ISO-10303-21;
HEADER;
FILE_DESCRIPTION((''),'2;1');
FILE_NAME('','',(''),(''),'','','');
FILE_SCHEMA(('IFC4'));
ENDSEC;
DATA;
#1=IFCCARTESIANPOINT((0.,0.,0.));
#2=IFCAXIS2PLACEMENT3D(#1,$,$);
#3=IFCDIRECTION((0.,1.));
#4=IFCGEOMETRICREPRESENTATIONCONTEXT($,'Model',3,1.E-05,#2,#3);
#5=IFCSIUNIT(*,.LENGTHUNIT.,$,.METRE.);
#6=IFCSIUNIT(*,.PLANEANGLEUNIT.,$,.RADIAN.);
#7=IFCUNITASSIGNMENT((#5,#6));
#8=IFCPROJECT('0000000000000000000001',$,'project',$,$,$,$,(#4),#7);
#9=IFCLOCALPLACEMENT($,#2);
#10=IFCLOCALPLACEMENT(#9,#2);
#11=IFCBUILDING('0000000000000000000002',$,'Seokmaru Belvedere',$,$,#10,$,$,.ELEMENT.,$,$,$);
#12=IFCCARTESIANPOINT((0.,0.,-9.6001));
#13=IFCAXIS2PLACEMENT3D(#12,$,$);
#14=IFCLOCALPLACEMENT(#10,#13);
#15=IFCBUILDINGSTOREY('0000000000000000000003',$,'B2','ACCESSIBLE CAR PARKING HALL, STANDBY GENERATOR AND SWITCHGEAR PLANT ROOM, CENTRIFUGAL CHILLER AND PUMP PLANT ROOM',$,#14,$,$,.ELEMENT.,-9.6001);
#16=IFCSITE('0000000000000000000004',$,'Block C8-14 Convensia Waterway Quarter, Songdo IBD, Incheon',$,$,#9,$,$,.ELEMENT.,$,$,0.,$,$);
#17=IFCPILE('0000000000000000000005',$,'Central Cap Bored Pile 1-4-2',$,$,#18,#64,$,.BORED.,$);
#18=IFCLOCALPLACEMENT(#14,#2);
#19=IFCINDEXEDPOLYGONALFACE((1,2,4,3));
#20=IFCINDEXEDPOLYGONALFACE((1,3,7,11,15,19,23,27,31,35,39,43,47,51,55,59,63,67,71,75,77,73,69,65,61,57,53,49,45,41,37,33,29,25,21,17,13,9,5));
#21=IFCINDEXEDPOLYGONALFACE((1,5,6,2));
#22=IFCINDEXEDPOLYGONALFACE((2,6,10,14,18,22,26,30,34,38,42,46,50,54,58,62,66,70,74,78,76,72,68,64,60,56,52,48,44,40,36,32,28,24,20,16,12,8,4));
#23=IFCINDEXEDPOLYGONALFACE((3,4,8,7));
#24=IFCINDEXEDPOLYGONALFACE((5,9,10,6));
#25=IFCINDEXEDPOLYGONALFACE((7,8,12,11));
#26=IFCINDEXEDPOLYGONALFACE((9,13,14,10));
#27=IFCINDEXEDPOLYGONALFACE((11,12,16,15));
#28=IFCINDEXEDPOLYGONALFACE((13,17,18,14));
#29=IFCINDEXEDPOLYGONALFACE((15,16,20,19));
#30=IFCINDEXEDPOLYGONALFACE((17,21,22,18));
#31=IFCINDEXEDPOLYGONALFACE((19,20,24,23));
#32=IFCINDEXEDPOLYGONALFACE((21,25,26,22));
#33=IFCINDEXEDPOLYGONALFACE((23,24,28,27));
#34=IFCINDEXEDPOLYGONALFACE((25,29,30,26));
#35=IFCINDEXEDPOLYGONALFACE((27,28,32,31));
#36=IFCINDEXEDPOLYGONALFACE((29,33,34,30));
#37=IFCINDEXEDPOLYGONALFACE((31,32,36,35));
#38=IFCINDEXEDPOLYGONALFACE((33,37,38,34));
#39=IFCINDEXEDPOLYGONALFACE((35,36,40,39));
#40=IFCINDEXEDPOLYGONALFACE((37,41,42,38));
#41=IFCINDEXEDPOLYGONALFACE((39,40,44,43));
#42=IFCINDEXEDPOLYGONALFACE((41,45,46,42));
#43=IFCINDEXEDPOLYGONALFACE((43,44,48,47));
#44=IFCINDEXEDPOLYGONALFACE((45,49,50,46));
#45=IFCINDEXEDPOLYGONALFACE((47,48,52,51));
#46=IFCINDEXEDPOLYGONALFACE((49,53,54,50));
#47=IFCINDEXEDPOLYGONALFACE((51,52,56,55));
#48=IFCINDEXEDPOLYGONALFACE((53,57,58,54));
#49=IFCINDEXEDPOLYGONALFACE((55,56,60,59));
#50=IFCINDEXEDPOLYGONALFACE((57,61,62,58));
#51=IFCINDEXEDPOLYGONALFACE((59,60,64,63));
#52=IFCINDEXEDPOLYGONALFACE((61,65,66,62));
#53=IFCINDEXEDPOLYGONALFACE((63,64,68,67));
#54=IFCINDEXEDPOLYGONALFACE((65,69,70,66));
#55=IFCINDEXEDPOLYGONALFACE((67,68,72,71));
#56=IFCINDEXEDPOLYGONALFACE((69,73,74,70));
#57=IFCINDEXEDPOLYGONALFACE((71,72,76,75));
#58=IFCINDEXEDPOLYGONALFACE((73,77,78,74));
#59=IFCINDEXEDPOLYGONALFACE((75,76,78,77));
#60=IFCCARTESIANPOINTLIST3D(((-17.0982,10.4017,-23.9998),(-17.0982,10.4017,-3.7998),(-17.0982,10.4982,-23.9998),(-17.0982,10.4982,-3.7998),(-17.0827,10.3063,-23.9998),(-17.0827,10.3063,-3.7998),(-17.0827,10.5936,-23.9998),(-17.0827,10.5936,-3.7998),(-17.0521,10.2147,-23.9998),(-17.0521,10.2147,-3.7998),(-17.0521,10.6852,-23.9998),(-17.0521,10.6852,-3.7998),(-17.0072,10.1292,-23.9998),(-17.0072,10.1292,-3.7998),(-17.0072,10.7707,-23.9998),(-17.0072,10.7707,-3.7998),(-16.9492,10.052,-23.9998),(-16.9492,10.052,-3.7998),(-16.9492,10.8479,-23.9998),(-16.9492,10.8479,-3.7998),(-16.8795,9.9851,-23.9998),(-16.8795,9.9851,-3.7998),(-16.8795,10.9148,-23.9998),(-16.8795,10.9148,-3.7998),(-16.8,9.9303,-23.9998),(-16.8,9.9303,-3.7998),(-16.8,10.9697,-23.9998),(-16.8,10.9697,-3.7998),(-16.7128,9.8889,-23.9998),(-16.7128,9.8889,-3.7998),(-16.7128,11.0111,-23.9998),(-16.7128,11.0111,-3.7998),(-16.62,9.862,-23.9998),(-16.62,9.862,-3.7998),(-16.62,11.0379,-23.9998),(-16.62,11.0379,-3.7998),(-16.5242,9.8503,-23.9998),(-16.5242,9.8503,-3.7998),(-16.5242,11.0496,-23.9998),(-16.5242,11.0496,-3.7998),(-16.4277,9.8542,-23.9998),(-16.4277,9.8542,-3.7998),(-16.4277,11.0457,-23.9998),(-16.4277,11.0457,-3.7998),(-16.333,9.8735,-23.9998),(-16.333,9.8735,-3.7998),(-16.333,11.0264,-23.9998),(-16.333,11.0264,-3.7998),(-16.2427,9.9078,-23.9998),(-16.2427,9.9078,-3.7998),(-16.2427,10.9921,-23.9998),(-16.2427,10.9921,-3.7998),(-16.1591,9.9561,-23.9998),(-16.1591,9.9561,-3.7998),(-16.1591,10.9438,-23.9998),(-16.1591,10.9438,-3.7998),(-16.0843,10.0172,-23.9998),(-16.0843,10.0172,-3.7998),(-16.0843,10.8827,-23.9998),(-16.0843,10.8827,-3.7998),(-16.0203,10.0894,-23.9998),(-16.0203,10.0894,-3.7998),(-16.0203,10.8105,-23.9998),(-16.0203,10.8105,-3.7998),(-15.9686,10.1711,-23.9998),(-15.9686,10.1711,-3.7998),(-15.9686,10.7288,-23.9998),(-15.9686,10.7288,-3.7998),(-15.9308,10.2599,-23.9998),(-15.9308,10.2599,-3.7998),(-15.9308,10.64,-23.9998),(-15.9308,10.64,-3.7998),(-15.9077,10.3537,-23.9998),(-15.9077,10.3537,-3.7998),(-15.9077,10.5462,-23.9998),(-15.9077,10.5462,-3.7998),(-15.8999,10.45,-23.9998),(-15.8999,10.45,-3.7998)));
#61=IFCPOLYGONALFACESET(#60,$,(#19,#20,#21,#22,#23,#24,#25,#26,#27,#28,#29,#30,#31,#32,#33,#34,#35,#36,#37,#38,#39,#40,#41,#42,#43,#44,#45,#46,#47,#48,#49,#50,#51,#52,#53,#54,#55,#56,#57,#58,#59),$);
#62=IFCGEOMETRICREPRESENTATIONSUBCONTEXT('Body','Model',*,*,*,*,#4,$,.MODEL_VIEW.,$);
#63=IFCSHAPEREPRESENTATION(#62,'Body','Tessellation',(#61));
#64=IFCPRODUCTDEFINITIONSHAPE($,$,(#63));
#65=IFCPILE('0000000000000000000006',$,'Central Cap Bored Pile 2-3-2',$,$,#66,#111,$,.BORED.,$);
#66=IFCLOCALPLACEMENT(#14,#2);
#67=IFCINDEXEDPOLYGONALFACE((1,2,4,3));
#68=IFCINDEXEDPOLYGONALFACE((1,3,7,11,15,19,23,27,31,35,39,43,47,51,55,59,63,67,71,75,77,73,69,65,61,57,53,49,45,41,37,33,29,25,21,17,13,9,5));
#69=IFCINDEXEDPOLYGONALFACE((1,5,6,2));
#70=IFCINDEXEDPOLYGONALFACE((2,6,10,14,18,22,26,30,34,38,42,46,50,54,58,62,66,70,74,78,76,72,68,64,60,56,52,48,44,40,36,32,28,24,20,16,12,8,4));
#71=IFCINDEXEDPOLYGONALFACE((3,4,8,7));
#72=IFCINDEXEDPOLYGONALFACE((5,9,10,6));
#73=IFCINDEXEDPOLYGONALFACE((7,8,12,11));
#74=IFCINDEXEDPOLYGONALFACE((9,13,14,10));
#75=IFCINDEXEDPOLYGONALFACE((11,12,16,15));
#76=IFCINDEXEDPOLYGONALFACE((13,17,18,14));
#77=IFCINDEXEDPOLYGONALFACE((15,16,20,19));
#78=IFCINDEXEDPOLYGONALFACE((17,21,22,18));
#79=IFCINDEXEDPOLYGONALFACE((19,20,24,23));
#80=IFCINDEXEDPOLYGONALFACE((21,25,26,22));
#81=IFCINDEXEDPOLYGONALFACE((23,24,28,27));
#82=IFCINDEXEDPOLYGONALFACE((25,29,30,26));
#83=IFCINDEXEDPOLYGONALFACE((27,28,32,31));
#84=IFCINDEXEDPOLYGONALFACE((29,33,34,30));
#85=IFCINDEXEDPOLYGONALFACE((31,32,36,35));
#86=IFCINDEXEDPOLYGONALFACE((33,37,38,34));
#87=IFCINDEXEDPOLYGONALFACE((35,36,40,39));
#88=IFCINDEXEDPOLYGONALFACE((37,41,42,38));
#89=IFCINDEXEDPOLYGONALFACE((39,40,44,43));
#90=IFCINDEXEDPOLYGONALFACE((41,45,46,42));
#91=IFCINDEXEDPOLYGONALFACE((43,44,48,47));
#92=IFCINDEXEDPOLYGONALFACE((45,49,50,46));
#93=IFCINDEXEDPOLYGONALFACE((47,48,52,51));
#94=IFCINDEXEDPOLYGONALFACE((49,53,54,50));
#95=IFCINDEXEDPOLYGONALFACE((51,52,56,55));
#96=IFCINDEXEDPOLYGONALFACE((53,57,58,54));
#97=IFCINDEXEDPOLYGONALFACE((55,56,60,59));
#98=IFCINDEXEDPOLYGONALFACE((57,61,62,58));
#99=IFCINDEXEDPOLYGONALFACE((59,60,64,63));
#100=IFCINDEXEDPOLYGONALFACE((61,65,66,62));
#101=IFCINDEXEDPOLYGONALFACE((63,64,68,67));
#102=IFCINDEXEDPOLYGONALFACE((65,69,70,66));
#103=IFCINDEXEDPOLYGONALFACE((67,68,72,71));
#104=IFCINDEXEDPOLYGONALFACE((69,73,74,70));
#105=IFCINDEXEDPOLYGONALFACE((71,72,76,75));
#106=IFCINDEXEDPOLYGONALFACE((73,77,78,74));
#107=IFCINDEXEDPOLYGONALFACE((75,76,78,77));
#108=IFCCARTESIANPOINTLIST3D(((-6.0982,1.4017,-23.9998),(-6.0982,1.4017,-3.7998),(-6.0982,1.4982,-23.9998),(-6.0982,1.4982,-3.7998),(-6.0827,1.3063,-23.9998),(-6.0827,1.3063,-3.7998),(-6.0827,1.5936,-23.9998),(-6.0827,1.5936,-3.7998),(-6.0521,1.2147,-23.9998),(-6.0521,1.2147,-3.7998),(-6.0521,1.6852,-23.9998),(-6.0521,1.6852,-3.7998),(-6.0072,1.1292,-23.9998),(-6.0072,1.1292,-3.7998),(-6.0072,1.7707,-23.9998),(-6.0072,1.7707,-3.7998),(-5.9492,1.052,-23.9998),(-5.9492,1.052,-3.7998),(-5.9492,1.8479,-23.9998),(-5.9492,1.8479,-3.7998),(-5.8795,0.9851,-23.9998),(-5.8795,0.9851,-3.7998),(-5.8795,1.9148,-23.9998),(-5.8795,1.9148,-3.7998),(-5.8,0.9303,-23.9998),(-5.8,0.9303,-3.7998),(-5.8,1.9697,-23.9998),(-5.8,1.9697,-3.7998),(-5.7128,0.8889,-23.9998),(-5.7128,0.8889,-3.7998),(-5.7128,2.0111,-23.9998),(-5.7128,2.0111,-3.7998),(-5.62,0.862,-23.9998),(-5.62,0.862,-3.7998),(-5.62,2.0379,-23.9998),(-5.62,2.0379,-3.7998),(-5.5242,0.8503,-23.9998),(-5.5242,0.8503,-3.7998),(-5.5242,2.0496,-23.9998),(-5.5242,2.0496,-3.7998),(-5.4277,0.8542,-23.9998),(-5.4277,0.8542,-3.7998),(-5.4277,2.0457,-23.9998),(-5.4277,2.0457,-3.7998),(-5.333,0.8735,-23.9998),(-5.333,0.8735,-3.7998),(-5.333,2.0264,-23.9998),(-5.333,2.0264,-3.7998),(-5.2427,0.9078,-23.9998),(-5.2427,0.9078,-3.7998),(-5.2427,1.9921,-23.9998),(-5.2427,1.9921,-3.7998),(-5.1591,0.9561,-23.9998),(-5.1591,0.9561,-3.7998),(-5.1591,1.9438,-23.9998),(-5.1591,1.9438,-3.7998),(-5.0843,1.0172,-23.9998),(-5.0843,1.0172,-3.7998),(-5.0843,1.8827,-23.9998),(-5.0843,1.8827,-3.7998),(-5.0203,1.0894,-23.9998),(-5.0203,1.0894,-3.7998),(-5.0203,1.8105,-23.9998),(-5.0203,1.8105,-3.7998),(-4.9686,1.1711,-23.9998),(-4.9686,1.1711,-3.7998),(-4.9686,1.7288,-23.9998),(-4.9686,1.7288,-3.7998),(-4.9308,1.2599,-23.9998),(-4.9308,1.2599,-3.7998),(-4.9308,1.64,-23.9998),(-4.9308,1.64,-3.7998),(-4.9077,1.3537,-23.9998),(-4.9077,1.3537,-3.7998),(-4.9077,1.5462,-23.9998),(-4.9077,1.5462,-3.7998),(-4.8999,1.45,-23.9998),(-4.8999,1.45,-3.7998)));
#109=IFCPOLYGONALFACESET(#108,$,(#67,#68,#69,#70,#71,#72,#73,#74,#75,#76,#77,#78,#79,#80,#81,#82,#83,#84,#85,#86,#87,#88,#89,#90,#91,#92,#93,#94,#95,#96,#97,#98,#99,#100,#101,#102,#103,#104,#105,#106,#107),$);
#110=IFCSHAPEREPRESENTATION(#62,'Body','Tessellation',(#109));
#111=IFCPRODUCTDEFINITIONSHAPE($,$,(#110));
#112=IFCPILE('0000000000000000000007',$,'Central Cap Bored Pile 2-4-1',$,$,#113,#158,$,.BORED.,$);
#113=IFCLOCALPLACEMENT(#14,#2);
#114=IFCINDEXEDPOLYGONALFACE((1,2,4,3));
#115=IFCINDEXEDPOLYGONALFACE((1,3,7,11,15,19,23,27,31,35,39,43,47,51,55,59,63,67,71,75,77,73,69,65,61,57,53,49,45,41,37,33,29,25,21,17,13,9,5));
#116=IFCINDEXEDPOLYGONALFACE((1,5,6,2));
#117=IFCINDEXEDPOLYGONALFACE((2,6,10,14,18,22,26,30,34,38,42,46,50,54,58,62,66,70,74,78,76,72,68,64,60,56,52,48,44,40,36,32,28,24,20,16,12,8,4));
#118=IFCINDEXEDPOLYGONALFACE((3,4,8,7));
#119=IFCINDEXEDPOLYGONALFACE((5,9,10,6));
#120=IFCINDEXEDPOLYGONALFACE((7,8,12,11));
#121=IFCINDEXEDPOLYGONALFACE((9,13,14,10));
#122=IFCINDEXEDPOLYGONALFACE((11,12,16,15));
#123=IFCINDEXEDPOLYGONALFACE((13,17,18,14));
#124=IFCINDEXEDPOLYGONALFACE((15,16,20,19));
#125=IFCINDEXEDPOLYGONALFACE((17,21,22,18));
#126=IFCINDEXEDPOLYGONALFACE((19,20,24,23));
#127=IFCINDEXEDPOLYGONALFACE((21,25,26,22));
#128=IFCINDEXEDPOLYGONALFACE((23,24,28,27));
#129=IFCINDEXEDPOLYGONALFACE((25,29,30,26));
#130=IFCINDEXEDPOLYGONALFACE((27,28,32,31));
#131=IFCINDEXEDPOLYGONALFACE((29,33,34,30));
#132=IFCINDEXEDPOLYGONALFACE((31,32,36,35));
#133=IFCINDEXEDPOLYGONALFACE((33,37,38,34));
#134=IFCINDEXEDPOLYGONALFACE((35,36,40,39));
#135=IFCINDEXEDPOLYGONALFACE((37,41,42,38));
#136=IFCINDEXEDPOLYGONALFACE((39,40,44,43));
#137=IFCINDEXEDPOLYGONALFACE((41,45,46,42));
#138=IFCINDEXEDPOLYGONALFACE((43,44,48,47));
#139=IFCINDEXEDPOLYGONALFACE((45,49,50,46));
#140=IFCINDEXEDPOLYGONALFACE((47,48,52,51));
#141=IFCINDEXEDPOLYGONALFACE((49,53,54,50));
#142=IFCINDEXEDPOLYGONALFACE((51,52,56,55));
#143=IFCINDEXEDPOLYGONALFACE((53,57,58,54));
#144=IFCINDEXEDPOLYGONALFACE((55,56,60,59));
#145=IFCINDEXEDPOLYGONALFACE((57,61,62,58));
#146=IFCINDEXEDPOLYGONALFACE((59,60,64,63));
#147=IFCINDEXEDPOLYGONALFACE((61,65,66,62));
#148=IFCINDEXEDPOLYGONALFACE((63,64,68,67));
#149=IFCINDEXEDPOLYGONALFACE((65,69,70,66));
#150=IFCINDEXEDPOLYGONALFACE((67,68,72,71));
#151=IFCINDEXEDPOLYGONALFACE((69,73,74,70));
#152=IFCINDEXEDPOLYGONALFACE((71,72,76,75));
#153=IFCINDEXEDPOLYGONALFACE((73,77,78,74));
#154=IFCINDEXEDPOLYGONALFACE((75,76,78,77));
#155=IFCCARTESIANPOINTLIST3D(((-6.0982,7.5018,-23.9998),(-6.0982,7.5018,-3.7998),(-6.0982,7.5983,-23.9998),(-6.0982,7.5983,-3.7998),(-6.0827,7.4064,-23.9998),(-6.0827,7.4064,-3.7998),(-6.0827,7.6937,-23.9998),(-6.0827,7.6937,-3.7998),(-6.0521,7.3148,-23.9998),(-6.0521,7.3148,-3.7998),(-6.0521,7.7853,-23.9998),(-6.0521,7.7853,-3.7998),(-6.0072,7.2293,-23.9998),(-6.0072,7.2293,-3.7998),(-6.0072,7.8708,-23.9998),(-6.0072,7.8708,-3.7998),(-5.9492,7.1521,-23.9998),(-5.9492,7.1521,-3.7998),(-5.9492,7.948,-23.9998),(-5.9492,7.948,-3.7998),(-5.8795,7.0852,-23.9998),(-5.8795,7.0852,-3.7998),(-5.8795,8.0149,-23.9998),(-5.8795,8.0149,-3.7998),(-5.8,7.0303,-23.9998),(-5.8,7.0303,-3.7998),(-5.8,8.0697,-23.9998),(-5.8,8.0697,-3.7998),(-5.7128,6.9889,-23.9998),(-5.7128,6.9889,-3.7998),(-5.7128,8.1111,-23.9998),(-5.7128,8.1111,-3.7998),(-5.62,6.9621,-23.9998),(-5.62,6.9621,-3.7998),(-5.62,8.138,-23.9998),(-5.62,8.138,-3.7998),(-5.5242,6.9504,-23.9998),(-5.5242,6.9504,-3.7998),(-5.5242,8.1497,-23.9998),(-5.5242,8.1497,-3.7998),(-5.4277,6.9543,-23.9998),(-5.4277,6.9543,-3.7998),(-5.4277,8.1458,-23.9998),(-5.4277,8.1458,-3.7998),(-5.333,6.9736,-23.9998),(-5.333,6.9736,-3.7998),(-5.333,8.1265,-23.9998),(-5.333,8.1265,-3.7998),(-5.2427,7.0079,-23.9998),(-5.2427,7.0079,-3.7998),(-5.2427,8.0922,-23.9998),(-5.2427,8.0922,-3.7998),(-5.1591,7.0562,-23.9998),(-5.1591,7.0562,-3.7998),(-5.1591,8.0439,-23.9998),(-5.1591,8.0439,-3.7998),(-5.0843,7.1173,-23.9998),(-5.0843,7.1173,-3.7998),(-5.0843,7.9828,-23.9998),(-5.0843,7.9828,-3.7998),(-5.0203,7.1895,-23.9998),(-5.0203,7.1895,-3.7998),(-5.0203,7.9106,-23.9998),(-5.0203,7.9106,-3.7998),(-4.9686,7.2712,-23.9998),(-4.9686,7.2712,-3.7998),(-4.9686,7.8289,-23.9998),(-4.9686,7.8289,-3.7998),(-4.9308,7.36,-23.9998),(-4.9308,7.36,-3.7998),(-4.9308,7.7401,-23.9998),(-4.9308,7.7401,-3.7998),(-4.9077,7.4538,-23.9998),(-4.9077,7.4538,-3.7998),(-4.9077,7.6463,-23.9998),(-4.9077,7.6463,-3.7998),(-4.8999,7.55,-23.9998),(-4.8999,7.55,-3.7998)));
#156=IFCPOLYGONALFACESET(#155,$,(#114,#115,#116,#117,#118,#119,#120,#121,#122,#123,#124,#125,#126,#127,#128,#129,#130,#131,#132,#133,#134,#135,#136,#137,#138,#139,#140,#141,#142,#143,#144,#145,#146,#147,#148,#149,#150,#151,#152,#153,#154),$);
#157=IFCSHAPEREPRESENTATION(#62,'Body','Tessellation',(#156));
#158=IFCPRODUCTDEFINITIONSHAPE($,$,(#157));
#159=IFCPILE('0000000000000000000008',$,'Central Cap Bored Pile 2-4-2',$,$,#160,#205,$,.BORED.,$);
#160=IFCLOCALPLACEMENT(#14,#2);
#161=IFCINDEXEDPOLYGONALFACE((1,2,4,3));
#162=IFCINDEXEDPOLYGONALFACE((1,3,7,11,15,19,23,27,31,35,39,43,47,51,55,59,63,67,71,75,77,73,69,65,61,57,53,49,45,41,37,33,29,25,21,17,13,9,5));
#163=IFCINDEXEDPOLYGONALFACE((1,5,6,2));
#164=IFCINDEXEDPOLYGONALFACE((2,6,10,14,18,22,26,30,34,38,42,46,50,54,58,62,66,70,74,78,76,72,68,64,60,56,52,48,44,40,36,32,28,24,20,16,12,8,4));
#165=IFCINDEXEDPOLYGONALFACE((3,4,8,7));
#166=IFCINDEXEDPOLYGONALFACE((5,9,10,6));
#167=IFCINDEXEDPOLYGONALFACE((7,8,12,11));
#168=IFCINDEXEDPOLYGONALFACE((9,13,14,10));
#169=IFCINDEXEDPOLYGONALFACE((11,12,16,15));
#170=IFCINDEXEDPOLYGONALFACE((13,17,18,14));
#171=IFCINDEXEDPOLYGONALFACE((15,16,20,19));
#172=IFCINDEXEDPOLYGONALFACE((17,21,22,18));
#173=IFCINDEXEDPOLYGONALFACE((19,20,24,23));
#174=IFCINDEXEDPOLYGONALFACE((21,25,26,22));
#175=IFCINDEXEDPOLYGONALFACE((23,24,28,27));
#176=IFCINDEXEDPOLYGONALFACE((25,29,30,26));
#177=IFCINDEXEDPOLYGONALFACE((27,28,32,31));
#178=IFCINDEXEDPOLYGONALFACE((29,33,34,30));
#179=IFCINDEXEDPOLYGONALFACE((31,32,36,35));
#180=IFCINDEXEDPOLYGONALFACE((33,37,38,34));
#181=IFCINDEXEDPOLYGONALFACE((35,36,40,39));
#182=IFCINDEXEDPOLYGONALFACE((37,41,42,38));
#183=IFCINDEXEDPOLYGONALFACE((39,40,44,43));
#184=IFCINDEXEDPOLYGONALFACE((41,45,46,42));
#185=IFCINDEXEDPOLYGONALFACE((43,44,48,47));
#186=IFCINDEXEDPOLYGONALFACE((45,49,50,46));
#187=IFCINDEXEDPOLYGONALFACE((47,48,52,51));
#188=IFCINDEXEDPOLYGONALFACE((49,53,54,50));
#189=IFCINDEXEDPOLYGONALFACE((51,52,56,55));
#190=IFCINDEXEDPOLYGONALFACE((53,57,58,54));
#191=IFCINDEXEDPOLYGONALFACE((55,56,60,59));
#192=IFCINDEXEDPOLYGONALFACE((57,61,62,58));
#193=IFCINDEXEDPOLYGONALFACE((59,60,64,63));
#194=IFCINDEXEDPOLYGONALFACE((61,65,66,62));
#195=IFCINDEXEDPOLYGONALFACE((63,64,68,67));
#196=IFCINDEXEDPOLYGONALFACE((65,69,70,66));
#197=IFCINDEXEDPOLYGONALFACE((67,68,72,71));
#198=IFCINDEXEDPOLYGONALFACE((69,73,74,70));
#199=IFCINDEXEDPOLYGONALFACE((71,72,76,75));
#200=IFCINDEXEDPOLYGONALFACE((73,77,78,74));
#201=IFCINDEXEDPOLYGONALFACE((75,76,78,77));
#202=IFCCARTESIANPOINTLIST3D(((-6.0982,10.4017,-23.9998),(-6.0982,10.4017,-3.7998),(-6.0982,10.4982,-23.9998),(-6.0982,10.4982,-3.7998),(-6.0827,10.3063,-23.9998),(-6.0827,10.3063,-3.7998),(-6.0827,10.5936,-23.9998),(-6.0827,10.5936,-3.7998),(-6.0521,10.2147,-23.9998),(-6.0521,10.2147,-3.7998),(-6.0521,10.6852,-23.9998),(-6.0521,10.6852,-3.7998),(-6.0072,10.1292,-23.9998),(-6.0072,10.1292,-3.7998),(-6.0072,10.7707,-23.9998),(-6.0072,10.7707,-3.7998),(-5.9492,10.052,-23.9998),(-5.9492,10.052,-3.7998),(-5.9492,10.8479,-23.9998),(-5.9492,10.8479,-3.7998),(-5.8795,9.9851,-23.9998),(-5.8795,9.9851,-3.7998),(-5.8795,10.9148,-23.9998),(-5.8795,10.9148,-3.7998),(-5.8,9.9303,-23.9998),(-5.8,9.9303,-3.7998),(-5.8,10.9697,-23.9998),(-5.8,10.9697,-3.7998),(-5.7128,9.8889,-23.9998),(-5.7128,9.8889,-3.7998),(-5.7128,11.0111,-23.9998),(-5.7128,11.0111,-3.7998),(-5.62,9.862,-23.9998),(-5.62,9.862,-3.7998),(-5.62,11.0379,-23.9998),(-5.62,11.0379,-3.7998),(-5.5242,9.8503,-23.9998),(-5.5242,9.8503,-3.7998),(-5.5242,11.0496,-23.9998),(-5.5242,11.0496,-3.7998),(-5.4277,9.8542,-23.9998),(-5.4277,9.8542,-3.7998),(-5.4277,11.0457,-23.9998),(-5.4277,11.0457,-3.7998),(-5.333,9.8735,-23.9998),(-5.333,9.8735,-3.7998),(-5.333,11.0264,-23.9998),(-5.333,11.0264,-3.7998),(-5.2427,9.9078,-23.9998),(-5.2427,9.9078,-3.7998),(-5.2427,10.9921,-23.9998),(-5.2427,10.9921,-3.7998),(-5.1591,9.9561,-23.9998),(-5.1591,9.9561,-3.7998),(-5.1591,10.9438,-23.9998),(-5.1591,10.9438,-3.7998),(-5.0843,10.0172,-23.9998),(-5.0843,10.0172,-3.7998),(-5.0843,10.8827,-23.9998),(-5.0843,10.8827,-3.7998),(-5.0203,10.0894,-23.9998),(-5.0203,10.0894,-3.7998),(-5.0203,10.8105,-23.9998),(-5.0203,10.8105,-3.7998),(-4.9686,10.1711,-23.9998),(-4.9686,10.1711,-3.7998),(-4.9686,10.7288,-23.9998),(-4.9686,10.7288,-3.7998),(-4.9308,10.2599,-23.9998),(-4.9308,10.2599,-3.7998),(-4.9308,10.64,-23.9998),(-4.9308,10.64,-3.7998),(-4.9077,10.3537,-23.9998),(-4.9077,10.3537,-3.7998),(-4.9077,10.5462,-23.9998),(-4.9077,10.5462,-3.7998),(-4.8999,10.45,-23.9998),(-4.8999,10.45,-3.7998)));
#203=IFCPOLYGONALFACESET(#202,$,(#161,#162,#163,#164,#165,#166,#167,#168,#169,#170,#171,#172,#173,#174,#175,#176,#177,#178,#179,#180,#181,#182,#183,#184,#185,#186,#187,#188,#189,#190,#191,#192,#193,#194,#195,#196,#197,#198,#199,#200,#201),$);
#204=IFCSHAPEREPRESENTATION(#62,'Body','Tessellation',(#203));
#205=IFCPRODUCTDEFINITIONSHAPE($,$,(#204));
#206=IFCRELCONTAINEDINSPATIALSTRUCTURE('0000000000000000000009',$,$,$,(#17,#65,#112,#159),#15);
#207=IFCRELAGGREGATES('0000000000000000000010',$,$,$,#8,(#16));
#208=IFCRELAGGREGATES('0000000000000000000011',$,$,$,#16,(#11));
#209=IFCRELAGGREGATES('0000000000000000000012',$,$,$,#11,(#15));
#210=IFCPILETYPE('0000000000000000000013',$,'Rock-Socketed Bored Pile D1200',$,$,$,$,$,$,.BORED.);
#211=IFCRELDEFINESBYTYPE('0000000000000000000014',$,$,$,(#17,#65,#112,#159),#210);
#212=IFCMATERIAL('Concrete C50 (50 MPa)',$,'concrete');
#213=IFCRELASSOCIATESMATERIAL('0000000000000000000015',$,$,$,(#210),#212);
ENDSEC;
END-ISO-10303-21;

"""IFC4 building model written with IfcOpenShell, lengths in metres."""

from ifc_helpers import new_model, si_unit, direction, frame, origin, origin_2d, place, context, subcontext, project, spatial, circle, extrude, source, transform, mapped, material, material_profile, profile_set, type_object, type_shapes, element, save


model = new_model("IFC4")

# Units and contexts
model_context = context("Model", 3, precision=1e-05, world=origin(), true_north=direction((0.0, 1.0)))
body_context = subcontext(model_context, "Body", "Model", "MODEL_VIEW")
ifc_project = project(units=[si_unit("LENGTHUNIT", "METRE"), si_unit("PLANEANGLEUNIT", "RADIAN")], contexts=[model_context])

# Site, building, storey
site_placement = place(None, origin())
site = spatial("IfcSite", under=ifc_project, at=site_placement, Name="Block C8-14 Convensia Waterway Quarter, Songdo IBD, Incheon", CompositionType="ELEMENT", RefElevation=0.0)
building_placement = place(site_placement, origin())
building = spatial("IfcBuilding", under=site, at=building_placement, Name="Seokmaru Belvedere", CompositionType="ELEMENT")
storey_placement = place(building_placement, frame((0.0, 0.0, -9.6001)))
storey = spatial("IfcBuildingStorey", under=building, at=storey_placement, Name="B2", Description="ACCESSIBLE CAR PARKING HALL, STANDBY GENERATOR AND SWITCHGEAR PLANT ROOM, CENTRIFUGAL CHILLER AND PUMP PLANT ROOM", CompositionType="ELEMENT", Elevation=-9.6001)

# Piles
ifc_material_1 = material(Name="Concrete C50 (50 MPa)", Category="concrete")
ifc_material_profile_1 = material_profile(ifc_material_1, circle(Radius=0.6001, at=origin_2d()), Name="PILE-D1200")
ifc_profile_set_1 = profile_set([ifc_material_profile_1], Name="Concrete C50 (50 MPa)")
pile_type = type_object("IfcPileType", Name="Rock-Socketed Bored Pile D1200", PredefinedType="BORED", material=ifc_profile_set_1)
shared_shape_1 = source(origin(), body_context, "Body", "SweptSolid", [
    extrude(circle(Radius=0.6001, at=origin_2d()), origin(), (0.0, 0.0, 1.0), 20.2),
])
type_shapes(pile_type, [shared_shape_1])
for number, where, z_axis, x_axis, name in (
    (1, (-16.5, 10.45, -3.7998), (0.0, 0.0, -1.0), (1.0, 0.0, 0.0), "Central Cap Bored Pile 1-4-2"),
    (2, (-5.5, 1.45, -3.7998), (0.0, 0.0, -1.0), (1.0, 0.0, 0.0), "Central Cap Bored Pile 2-3-2"),
    (3, (-5.5, 7.55, -3.7998), (0.0, 0.0, -1.0), (1.0, 0.0, 0.0), "Central Cap Bored Pile 2-4-1"),
    (4, (-5.5, 10.45, -3.7998), (0.0, 0.0, -1.0), (1.0, 0.0, 0.0), "Central Cap Bored Pile 2-4-2"),
):
    element("IfcPile", number, at=place(storey_placement, frame(where, z_axis=z_axis, x_axis=x_axis)), inside=storey, type_object=pile_type, Name=name, PredefinedType="BORED", context=body_context, shape_type="MappedRepresentation", body=[
        mapped(shared_shape_1, transform((0.0, 0.0, 0.0), scale=1.0)),
    ])

save(model, "model.ifc")
